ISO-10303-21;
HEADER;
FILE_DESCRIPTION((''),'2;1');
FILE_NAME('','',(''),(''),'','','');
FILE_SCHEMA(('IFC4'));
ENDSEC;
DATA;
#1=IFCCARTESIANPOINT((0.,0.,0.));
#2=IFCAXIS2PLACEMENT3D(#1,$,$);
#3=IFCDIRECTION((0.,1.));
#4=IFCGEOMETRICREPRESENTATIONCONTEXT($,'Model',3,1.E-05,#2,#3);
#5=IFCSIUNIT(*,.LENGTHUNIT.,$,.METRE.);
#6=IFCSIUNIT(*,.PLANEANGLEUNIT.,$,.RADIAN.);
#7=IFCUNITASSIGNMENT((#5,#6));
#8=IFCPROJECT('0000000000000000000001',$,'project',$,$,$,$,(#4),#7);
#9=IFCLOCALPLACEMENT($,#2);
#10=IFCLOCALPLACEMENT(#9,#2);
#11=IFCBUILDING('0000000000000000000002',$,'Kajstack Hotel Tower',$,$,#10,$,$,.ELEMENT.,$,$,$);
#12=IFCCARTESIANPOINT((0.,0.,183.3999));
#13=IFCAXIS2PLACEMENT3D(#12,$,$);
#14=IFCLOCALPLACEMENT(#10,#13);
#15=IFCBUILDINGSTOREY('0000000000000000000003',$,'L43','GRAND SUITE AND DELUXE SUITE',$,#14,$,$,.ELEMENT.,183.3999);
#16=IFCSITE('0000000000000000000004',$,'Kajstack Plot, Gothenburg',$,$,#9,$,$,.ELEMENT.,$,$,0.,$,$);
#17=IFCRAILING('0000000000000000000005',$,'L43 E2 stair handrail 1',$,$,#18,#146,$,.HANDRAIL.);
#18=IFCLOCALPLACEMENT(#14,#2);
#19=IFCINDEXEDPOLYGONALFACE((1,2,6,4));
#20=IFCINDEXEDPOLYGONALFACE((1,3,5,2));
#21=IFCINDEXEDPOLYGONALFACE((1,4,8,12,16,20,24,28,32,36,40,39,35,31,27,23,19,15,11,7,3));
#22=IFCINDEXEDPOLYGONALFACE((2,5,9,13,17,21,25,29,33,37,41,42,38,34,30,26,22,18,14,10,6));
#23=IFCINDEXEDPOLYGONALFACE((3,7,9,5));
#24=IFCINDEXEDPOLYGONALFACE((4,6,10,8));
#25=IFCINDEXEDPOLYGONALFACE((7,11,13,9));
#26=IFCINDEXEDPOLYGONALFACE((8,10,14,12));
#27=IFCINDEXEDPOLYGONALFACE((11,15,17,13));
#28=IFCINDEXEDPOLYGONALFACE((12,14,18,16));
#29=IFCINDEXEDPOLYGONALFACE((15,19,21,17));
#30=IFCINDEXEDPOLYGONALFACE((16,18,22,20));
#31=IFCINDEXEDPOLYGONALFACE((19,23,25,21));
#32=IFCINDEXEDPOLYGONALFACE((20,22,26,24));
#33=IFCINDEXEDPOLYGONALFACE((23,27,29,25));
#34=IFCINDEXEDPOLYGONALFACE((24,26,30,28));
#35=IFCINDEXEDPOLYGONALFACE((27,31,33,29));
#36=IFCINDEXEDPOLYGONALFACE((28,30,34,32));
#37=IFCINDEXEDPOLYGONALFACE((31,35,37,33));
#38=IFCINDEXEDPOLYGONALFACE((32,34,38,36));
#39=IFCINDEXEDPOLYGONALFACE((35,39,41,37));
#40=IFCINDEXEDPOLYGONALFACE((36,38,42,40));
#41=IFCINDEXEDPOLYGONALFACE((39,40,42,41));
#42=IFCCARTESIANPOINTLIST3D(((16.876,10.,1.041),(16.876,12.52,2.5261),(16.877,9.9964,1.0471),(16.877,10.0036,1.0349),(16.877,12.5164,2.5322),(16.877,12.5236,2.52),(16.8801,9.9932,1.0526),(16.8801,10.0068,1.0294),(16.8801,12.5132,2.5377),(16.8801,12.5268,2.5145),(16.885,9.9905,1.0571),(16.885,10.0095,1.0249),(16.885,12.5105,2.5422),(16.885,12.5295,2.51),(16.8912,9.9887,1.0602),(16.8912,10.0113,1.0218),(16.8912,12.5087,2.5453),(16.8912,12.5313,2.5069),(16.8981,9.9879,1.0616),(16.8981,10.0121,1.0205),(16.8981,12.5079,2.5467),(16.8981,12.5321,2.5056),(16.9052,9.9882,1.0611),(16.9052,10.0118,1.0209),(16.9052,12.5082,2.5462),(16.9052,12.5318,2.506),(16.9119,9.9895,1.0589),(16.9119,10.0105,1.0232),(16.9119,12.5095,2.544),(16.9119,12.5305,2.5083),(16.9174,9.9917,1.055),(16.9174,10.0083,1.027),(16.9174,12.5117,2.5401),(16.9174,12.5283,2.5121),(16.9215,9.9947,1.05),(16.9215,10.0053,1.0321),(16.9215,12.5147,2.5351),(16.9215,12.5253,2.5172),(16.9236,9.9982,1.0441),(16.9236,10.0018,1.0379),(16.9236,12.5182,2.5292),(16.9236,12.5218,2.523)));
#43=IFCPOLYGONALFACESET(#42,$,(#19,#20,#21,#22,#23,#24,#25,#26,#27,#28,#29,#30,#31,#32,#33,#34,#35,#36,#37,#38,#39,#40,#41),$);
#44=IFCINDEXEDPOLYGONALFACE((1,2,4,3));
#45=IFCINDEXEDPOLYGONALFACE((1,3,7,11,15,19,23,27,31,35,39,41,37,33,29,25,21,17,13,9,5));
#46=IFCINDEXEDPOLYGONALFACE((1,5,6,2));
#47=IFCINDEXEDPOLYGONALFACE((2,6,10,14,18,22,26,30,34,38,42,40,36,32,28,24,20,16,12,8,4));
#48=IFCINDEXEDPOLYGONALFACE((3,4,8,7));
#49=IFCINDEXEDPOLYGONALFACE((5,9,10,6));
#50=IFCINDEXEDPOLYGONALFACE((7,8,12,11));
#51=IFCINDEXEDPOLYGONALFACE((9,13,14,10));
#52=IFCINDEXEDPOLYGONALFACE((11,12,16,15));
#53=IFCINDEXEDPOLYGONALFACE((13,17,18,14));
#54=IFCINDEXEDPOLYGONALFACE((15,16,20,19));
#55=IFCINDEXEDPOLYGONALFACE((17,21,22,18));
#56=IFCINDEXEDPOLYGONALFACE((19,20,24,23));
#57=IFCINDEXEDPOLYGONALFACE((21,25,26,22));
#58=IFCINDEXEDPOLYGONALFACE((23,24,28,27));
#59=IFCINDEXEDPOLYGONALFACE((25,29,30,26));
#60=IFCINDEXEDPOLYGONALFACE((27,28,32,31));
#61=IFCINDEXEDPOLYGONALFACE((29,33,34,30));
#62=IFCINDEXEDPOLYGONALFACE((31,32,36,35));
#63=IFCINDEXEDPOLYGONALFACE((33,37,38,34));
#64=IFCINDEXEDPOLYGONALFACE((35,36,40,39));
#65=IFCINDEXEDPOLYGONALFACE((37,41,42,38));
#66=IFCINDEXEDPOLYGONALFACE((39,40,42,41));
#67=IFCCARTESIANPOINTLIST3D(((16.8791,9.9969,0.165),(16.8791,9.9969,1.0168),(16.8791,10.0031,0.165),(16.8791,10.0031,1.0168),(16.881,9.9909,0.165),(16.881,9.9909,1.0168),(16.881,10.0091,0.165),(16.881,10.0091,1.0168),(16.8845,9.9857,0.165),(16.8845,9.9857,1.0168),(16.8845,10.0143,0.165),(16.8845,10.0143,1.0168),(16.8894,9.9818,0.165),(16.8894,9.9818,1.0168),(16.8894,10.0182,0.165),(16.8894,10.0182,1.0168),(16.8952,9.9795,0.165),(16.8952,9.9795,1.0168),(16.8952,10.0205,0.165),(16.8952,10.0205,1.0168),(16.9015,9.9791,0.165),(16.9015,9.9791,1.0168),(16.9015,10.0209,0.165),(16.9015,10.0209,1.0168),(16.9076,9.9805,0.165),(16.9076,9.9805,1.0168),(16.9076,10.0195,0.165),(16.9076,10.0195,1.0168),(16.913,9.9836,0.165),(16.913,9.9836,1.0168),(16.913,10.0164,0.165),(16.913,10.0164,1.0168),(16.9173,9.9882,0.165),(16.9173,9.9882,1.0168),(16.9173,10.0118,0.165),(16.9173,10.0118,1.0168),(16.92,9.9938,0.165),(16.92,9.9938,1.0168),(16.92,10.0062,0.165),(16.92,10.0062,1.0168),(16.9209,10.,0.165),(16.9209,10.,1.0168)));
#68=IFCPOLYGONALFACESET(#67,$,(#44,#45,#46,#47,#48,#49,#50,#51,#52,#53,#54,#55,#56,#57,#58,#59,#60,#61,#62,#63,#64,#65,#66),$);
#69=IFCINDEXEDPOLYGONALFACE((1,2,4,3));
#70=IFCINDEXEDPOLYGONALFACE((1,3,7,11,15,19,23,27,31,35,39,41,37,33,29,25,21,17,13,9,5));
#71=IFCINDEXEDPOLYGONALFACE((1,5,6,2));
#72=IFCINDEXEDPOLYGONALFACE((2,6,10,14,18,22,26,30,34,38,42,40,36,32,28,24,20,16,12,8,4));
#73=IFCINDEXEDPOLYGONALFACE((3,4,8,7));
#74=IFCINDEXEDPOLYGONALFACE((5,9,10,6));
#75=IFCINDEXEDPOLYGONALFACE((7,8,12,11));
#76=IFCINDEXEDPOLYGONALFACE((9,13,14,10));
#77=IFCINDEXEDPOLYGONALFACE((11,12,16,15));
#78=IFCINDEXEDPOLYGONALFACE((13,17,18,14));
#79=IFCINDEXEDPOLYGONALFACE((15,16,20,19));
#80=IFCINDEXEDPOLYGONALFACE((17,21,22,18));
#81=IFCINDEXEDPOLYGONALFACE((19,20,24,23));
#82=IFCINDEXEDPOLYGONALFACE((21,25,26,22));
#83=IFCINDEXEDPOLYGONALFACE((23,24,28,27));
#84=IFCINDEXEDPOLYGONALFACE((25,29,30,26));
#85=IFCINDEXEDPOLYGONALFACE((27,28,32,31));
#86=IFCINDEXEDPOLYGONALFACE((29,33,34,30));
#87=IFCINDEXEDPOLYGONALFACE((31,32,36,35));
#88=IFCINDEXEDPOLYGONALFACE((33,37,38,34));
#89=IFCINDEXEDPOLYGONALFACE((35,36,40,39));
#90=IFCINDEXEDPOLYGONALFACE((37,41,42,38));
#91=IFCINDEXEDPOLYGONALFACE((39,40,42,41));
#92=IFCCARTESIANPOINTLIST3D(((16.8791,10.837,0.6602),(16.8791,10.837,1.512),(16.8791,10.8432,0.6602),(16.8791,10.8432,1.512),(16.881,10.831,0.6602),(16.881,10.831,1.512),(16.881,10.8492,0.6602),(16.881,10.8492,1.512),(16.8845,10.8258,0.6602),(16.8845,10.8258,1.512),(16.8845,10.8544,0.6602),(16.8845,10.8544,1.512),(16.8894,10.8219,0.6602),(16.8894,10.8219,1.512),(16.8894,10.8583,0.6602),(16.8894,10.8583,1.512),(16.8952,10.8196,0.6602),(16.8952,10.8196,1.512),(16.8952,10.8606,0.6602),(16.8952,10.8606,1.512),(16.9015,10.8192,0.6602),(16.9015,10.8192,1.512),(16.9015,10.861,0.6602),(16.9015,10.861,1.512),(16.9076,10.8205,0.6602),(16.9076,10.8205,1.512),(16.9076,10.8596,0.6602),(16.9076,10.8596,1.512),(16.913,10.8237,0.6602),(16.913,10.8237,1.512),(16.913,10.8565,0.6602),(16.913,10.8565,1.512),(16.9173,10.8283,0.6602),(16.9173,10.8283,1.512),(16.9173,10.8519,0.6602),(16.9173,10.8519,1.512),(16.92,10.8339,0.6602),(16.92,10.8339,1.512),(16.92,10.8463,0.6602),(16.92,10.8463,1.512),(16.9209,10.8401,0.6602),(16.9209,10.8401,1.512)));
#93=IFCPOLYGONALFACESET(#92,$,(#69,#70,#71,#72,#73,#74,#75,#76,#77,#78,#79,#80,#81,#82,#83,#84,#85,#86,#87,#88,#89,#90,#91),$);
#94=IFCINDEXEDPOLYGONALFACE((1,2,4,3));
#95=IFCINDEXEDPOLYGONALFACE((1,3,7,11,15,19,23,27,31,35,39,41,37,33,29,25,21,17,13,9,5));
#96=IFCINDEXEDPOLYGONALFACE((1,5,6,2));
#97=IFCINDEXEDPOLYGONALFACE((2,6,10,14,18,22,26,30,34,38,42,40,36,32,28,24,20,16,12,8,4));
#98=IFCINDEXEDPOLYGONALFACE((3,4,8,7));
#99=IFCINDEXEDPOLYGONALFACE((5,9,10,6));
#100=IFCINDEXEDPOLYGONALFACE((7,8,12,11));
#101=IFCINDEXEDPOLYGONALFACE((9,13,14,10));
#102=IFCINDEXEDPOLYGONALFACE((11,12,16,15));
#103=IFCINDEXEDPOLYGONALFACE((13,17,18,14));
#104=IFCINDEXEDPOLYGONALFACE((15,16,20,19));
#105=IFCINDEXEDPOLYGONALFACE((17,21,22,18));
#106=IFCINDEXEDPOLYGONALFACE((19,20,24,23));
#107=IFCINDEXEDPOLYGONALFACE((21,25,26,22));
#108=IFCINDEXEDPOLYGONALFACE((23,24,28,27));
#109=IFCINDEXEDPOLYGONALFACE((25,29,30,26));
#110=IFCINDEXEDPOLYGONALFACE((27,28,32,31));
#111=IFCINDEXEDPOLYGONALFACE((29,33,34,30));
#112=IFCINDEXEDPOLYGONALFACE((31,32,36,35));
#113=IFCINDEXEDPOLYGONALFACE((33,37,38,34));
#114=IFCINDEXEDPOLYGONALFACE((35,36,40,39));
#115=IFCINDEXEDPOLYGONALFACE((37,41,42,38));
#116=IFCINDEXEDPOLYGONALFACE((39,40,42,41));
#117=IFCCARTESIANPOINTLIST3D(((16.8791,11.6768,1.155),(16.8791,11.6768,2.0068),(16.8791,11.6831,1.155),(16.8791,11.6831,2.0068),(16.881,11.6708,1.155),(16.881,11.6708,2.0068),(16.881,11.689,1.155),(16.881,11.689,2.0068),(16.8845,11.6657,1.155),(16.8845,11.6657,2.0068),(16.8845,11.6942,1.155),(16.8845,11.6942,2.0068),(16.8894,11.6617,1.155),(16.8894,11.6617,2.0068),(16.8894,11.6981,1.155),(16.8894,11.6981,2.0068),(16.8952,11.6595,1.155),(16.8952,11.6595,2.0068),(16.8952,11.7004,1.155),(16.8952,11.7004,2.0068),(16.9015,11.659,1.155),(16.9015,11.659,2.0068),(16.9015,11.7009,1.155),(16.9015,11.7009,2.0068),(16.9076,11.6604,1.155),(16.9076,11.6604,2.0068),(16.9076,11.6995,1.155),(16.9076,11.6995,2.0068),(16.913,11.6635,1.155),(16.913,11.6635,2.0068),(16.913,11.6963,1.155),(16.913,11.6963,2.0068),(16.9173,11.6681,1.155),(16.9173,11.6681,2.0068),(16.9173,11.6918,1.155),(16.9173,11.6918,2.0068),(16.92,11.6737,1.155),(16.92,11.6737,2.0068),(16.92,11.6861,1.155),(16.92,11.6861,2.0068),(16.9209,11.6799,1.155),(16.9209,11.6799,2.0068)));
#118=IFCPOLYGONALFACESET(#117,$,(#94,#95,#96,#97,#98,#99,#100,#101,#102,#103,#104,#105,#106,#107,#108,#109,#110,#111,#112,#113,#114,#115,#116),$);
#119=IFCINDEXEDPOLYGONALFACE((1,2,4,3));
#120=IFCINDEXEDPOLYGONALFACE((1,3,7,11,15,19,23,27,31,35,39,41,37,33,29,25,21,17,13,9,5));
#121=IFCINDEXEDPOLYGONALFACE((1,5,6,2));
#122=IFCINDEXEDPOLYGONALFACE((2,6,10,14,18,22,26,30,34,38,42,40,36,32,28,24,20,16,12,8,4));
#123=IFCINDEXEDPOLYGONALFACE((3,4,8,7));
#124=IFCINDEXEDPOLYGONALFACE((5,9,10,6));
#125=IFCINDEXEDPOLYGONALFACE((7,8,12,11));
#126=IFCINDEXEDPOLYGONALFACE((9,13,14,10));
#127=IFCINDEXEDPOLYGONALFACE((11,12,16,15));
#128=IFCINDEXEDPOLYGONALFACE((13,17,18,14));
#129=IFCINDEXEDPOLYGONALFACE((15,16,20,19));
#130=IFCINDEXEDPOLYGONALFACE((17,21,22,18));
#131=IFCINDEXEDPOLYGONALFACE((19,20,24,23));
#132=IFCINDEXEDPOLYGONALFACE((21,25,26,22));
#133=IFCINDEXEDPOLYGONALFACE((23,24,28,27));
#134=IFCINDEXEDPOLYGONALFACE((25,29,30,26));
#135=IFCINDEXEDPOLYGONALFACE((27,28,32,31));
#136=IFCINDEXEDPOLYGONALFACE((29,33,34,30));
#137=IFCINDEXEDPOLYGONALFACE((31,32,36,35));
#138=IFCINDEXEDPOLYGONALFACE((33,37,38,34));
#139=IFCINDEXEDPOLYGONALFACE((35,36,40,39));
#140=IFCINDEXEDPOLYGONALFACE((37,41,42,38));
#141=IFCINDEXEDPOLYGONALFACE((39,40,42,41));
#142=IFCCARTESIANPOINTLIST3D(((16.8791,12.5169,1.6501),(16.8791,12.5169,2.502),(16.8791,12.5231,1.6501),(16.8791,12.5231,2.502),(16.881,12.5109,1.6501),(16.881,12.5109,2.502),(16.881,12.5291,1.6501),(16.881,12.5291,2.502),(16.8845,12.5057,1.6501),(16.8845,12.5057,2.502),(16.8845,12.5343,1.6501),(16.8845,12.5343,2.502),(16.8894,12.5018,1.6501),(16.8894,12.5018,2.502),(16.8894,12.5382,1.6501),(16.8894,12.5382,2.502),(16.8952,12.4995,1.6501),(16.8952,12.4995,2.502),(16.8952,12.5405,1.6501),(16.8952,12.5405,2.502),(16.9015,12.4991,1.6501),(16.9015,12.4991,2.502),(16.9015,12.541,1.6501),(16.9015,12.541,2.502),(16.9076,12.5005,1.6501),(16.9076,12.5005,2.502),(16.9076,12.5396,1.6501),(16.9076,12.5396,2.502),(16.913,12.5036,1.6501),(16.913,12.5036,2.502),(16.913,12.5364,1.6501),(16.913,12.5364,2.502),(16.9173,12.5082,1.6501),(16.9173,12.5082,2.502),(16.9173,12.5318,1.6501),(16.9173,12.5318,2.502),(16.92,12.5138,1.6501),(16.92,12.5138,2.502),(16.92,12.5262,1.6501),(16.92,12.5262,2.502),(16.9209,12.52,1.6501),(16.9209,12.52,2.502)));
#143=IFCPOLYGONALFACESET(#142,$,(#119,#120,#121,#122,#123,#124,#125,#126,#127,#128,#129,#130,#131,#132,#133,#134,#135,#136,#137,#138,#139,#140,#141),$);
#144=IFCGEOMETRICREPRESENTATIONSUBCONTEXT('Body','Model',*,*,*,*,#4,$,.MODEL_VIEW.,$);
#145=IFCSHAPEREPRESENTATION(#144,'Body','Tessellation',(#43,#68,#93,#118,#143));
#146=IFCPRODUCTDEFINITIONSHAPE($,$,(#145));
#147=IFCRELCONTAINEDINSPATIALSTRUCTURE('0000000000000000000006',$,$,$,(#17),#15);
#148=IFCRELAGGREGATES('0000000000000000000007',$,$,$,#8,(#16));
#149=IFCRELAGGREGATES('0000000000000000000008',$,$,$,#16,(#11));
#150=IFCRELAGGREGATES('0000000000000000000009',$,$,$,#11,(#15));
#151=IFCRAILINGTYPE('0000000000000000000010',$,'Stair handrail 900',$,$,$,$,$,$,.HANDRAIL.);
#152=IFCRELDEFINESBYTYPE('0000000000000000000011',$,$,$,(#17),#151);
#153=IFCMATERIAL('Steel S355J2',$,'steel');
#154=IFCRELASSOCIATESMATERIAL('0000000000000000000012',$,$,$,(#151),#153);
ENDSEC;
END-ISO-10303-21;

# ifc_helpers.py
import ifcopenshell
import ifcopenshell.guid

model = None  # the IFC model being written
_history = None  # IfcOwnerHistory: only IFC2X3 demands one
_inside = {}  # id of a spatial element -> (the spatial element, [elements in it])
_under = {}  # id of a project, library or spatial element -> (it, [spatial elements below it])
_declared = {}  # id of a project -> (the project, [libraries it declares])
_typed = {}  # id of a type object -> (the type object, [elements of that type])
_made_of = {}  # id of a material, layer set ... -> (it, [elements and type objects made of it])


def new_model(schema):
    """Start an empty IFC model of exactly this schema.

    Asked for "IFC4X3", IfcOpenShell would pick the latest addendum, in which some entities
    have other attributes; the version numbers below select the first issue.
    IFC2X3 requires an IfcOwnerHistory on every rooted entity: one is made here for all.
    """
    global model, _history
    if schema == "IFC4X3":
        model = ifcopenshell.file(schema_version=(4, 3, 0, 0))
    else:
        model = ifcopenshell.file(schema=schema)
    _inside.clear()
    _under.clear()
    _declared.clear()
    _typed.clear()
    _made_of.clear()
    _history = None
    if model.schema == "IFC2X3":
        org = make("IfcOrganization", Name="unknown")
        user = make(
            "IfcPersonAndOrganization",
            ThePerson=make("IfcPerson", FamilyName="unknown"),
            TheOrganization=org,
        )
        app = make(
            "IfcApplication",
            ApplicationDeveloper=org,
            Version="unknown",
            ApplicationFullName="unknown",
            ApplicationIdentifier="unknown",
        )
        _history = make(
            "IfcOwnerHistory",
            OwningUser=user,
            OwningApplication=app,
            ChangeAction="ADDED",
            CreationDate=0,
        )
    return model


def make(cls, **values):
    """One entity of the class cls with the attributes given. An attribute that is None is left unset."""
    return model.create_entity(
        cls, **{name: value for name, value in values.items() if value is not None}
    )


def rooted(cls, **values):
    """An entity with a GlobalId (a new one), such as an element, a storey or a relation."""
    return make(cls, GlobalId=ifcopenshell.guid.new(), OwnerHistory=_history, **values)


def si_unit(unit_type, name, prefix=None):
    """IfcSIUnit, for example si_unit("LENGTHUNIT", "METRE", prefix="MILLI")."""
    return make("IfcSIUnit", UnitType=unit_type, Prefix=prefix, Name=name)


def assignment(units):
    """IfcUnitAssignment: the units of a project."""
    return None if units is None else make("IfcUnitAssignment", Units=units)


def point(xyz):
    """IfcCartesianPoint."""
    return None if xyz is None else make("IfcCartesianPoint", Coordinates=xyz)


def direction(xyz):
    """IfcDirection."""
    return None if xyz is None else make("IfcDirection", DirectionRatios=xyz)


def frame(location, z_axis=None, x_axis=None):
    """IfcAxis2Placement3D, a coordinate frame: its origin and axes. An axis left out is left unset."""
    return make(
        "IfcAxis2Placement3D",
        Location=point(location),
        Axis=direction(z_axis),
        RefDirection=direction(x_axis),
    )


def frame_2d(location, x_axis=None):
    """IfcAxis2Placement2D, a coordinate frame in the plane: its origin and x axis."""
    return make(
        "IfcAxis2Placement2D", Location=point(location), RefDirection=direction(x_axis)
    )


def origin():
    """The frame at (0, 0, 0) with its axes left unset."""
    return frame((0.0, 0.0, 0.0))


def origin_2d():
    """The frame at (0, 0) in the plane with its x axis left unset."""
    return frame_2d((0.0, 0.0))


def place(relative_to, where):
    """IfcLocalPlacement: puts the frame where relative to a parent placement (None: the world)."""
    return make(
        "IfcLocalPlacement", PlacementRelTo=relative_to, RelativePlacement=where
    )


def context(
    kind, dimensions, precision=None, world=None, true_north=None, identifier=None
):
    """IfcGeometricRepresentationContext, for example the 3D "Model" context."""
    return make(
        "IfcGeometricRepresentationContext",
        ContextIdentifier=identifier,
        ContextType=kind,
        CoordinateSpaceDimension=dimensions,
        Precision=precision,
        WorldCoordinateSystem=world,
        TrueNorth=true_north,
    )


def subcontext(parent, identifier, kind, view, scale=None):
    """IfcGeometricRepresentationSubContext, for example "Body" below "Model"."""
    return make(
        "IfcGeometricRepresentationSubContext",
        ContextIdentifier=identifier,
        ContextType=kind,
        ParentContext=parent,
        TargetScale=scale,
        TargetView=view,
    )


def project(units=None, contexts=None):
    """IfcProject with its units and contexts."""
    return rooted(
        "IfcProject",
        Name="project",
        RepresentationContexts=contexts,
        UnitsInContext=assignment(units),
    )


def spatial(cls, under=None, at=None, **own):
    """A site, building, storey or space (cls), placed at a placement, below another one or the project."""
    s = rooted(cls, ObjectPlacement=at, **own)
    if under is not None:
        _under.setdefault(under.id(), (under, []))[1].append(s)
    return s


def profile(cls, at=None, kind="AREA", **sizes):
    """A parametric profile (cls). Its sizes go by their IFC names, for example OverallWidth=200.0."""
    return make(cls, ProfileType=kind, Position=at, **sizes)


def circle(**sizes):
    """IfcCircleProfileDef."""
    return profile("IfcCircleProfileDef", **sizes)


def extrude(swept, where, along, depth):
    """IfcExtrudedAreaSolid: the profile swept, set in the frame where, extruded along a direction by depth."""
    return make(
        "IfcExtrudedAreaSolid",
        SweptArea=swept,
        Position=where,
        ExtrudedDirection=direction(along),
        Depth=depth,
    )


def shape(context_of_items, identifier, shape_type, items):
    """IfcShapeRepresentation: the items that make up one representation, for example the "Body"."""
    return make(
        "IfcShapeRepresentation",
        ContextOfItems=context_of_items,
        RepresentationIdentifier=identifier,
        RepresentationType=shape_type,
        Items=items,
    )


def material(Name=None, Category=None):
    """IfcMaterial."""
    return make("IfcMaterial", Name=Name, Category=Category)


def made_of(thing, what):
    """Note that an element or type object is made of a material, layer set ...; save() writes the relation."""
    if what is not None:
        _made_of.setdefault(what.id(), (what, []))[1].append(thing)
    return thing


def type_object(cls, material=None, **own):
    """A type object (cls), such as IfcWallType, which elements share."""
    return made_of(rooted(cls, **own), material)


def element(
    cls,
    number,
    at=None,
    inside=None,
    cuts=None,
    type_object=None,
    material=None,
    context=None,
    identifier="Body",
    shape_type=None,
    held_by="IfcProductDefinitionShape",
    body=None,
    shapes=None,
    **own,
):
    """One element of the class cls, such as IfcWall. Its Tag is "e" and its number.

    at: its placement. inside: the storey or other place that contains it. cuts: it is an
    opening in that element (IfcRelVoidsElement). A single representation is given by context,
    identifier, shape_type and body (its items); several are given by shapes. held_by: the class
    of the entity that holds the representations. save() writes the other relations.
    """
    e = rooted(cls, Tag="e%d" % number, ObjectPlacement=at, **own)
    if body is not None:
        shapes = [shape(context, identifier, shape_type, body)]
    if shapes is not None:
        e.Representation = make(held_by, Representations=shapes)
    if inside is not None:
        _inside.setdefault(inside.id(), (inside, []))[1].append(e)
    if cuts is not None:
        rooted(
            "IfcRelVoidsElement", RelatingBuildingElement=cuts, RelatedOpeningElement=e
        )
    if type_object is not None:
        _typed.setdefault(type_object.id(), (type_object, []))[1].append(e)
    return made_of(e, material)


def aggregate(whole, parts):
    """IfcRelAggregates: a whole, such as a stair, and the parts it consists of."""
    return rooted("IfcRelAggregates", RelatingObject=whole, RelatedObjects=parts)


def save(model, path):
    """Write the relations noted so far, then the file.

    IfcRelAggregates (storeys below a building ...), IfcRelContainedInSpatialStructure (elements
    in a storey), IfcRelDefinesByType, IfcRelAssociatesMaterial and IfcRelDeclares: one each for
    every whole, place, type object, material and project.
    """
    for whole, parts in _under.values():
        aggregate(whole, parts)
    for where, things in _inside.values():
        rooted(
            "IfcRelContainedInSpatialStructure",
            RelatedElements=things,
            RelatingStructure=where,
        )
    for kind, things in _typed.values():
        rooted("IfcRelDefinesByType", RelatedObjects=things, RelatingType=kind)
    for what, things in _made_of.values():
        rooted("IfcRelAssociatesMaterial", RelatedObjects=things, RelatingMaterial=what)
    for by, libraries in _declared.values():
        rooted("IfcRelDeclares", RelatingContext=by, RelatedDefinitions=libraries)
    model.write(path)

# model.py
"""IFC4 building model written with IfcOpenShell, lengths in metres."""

from ifc_helpers import new_model, si_unit, direction, frame, origin, origin_2d, place, context, subcontext, project, spatial, circle, extrude, material, type_object, element, save


model = new_model("IFC4")

# Units and contexts
model_context = context("Model", 3, precision=1e-05, world=origin(), true_north=direction((0.0, 1.0)))
body_context = subcontext(model_context, "Body", "Model", "MODEL_VIEW")
ifc_project = project(units=[si_unit("LENGTHUNIT", "METRE"), si_unit("PLANEANGLEUNIT", "RADIAN")], contexts=[model_context])

# Site, building, storey
site_placement = place(None, origin())
site = spatial("IfcSite", under=ifc_project, at=site_placement, Name="Kajstack Plot, Gothenburg", CompositionType="ELEMENT", RefElevation=0.0)
building_placement = place(site_placement, origin())
building = spatial("IfcBuilding", under=site, at=building_placement, Name="Kajstack Hotel Tower", CompositionType="ELEMENT")
storey_placement = place(building_placement, frame((0.0, 0.0, 183.3999)))
storey = spatial("IfcBuildingStorey", under=building, at=storey_placement, Name="L43", Description="GRAND SUITE AND DELUXE SUITE", CompositionType="ELEMENT", Elevation=183.3999)

# Railing
ifc_material_1 = material(Name="Steel S355J2", Category="steel")
railing_type_1 = type_object("IfcRailingType", Name="Stair handrail 900", PredefinedType="HANDRAIL", material=ifc_material_1)
railing_1_placement = place(storey_placement, frame((16.8999, 10.0, 0.165)))
element("IfcRailing", 1, at=railing_1_placement, inside=storey, type_object=railing_type_1, Name="L43 E2 stair handrail 1", PredefinedType="HANDRAIL", context=body_context, shape_type="SweptSolid", body=[
    extrude(circle(Radius=0.0239, at=origin_2d()), frame((0.0, 0.0, 0.876), z_axis=(0.0, 0.861524, 0.507717), x_axis=(-1.0, 0.0, 0.0)), (0.0, 0.0, 1.0), 2.925),
    extrude(circle(Radius=0.021, at=origin_2d()), origin(), (0.0, 0.0, 1.0), 0.8518),
    extrude(circle(Radius=0.021, at=origin_2d()), frame((0.0, 0.8401, 0.4951)), (0.0, 0.0, 1.0), 0.8518),
    extrude(circle(Radius=0.021, at=origin_2d()), frame((0.0, 1.6799, 0.99)), (0.0, 0.0, 1.0), 0.8518),
    extrude(circle(Radius=0.021, at=origin_2d()), frame((0.0, 2.52, 1.4851)), (0.0, 0.0, 1.0), 0.8518),
])

save(model, "model.ifc")
